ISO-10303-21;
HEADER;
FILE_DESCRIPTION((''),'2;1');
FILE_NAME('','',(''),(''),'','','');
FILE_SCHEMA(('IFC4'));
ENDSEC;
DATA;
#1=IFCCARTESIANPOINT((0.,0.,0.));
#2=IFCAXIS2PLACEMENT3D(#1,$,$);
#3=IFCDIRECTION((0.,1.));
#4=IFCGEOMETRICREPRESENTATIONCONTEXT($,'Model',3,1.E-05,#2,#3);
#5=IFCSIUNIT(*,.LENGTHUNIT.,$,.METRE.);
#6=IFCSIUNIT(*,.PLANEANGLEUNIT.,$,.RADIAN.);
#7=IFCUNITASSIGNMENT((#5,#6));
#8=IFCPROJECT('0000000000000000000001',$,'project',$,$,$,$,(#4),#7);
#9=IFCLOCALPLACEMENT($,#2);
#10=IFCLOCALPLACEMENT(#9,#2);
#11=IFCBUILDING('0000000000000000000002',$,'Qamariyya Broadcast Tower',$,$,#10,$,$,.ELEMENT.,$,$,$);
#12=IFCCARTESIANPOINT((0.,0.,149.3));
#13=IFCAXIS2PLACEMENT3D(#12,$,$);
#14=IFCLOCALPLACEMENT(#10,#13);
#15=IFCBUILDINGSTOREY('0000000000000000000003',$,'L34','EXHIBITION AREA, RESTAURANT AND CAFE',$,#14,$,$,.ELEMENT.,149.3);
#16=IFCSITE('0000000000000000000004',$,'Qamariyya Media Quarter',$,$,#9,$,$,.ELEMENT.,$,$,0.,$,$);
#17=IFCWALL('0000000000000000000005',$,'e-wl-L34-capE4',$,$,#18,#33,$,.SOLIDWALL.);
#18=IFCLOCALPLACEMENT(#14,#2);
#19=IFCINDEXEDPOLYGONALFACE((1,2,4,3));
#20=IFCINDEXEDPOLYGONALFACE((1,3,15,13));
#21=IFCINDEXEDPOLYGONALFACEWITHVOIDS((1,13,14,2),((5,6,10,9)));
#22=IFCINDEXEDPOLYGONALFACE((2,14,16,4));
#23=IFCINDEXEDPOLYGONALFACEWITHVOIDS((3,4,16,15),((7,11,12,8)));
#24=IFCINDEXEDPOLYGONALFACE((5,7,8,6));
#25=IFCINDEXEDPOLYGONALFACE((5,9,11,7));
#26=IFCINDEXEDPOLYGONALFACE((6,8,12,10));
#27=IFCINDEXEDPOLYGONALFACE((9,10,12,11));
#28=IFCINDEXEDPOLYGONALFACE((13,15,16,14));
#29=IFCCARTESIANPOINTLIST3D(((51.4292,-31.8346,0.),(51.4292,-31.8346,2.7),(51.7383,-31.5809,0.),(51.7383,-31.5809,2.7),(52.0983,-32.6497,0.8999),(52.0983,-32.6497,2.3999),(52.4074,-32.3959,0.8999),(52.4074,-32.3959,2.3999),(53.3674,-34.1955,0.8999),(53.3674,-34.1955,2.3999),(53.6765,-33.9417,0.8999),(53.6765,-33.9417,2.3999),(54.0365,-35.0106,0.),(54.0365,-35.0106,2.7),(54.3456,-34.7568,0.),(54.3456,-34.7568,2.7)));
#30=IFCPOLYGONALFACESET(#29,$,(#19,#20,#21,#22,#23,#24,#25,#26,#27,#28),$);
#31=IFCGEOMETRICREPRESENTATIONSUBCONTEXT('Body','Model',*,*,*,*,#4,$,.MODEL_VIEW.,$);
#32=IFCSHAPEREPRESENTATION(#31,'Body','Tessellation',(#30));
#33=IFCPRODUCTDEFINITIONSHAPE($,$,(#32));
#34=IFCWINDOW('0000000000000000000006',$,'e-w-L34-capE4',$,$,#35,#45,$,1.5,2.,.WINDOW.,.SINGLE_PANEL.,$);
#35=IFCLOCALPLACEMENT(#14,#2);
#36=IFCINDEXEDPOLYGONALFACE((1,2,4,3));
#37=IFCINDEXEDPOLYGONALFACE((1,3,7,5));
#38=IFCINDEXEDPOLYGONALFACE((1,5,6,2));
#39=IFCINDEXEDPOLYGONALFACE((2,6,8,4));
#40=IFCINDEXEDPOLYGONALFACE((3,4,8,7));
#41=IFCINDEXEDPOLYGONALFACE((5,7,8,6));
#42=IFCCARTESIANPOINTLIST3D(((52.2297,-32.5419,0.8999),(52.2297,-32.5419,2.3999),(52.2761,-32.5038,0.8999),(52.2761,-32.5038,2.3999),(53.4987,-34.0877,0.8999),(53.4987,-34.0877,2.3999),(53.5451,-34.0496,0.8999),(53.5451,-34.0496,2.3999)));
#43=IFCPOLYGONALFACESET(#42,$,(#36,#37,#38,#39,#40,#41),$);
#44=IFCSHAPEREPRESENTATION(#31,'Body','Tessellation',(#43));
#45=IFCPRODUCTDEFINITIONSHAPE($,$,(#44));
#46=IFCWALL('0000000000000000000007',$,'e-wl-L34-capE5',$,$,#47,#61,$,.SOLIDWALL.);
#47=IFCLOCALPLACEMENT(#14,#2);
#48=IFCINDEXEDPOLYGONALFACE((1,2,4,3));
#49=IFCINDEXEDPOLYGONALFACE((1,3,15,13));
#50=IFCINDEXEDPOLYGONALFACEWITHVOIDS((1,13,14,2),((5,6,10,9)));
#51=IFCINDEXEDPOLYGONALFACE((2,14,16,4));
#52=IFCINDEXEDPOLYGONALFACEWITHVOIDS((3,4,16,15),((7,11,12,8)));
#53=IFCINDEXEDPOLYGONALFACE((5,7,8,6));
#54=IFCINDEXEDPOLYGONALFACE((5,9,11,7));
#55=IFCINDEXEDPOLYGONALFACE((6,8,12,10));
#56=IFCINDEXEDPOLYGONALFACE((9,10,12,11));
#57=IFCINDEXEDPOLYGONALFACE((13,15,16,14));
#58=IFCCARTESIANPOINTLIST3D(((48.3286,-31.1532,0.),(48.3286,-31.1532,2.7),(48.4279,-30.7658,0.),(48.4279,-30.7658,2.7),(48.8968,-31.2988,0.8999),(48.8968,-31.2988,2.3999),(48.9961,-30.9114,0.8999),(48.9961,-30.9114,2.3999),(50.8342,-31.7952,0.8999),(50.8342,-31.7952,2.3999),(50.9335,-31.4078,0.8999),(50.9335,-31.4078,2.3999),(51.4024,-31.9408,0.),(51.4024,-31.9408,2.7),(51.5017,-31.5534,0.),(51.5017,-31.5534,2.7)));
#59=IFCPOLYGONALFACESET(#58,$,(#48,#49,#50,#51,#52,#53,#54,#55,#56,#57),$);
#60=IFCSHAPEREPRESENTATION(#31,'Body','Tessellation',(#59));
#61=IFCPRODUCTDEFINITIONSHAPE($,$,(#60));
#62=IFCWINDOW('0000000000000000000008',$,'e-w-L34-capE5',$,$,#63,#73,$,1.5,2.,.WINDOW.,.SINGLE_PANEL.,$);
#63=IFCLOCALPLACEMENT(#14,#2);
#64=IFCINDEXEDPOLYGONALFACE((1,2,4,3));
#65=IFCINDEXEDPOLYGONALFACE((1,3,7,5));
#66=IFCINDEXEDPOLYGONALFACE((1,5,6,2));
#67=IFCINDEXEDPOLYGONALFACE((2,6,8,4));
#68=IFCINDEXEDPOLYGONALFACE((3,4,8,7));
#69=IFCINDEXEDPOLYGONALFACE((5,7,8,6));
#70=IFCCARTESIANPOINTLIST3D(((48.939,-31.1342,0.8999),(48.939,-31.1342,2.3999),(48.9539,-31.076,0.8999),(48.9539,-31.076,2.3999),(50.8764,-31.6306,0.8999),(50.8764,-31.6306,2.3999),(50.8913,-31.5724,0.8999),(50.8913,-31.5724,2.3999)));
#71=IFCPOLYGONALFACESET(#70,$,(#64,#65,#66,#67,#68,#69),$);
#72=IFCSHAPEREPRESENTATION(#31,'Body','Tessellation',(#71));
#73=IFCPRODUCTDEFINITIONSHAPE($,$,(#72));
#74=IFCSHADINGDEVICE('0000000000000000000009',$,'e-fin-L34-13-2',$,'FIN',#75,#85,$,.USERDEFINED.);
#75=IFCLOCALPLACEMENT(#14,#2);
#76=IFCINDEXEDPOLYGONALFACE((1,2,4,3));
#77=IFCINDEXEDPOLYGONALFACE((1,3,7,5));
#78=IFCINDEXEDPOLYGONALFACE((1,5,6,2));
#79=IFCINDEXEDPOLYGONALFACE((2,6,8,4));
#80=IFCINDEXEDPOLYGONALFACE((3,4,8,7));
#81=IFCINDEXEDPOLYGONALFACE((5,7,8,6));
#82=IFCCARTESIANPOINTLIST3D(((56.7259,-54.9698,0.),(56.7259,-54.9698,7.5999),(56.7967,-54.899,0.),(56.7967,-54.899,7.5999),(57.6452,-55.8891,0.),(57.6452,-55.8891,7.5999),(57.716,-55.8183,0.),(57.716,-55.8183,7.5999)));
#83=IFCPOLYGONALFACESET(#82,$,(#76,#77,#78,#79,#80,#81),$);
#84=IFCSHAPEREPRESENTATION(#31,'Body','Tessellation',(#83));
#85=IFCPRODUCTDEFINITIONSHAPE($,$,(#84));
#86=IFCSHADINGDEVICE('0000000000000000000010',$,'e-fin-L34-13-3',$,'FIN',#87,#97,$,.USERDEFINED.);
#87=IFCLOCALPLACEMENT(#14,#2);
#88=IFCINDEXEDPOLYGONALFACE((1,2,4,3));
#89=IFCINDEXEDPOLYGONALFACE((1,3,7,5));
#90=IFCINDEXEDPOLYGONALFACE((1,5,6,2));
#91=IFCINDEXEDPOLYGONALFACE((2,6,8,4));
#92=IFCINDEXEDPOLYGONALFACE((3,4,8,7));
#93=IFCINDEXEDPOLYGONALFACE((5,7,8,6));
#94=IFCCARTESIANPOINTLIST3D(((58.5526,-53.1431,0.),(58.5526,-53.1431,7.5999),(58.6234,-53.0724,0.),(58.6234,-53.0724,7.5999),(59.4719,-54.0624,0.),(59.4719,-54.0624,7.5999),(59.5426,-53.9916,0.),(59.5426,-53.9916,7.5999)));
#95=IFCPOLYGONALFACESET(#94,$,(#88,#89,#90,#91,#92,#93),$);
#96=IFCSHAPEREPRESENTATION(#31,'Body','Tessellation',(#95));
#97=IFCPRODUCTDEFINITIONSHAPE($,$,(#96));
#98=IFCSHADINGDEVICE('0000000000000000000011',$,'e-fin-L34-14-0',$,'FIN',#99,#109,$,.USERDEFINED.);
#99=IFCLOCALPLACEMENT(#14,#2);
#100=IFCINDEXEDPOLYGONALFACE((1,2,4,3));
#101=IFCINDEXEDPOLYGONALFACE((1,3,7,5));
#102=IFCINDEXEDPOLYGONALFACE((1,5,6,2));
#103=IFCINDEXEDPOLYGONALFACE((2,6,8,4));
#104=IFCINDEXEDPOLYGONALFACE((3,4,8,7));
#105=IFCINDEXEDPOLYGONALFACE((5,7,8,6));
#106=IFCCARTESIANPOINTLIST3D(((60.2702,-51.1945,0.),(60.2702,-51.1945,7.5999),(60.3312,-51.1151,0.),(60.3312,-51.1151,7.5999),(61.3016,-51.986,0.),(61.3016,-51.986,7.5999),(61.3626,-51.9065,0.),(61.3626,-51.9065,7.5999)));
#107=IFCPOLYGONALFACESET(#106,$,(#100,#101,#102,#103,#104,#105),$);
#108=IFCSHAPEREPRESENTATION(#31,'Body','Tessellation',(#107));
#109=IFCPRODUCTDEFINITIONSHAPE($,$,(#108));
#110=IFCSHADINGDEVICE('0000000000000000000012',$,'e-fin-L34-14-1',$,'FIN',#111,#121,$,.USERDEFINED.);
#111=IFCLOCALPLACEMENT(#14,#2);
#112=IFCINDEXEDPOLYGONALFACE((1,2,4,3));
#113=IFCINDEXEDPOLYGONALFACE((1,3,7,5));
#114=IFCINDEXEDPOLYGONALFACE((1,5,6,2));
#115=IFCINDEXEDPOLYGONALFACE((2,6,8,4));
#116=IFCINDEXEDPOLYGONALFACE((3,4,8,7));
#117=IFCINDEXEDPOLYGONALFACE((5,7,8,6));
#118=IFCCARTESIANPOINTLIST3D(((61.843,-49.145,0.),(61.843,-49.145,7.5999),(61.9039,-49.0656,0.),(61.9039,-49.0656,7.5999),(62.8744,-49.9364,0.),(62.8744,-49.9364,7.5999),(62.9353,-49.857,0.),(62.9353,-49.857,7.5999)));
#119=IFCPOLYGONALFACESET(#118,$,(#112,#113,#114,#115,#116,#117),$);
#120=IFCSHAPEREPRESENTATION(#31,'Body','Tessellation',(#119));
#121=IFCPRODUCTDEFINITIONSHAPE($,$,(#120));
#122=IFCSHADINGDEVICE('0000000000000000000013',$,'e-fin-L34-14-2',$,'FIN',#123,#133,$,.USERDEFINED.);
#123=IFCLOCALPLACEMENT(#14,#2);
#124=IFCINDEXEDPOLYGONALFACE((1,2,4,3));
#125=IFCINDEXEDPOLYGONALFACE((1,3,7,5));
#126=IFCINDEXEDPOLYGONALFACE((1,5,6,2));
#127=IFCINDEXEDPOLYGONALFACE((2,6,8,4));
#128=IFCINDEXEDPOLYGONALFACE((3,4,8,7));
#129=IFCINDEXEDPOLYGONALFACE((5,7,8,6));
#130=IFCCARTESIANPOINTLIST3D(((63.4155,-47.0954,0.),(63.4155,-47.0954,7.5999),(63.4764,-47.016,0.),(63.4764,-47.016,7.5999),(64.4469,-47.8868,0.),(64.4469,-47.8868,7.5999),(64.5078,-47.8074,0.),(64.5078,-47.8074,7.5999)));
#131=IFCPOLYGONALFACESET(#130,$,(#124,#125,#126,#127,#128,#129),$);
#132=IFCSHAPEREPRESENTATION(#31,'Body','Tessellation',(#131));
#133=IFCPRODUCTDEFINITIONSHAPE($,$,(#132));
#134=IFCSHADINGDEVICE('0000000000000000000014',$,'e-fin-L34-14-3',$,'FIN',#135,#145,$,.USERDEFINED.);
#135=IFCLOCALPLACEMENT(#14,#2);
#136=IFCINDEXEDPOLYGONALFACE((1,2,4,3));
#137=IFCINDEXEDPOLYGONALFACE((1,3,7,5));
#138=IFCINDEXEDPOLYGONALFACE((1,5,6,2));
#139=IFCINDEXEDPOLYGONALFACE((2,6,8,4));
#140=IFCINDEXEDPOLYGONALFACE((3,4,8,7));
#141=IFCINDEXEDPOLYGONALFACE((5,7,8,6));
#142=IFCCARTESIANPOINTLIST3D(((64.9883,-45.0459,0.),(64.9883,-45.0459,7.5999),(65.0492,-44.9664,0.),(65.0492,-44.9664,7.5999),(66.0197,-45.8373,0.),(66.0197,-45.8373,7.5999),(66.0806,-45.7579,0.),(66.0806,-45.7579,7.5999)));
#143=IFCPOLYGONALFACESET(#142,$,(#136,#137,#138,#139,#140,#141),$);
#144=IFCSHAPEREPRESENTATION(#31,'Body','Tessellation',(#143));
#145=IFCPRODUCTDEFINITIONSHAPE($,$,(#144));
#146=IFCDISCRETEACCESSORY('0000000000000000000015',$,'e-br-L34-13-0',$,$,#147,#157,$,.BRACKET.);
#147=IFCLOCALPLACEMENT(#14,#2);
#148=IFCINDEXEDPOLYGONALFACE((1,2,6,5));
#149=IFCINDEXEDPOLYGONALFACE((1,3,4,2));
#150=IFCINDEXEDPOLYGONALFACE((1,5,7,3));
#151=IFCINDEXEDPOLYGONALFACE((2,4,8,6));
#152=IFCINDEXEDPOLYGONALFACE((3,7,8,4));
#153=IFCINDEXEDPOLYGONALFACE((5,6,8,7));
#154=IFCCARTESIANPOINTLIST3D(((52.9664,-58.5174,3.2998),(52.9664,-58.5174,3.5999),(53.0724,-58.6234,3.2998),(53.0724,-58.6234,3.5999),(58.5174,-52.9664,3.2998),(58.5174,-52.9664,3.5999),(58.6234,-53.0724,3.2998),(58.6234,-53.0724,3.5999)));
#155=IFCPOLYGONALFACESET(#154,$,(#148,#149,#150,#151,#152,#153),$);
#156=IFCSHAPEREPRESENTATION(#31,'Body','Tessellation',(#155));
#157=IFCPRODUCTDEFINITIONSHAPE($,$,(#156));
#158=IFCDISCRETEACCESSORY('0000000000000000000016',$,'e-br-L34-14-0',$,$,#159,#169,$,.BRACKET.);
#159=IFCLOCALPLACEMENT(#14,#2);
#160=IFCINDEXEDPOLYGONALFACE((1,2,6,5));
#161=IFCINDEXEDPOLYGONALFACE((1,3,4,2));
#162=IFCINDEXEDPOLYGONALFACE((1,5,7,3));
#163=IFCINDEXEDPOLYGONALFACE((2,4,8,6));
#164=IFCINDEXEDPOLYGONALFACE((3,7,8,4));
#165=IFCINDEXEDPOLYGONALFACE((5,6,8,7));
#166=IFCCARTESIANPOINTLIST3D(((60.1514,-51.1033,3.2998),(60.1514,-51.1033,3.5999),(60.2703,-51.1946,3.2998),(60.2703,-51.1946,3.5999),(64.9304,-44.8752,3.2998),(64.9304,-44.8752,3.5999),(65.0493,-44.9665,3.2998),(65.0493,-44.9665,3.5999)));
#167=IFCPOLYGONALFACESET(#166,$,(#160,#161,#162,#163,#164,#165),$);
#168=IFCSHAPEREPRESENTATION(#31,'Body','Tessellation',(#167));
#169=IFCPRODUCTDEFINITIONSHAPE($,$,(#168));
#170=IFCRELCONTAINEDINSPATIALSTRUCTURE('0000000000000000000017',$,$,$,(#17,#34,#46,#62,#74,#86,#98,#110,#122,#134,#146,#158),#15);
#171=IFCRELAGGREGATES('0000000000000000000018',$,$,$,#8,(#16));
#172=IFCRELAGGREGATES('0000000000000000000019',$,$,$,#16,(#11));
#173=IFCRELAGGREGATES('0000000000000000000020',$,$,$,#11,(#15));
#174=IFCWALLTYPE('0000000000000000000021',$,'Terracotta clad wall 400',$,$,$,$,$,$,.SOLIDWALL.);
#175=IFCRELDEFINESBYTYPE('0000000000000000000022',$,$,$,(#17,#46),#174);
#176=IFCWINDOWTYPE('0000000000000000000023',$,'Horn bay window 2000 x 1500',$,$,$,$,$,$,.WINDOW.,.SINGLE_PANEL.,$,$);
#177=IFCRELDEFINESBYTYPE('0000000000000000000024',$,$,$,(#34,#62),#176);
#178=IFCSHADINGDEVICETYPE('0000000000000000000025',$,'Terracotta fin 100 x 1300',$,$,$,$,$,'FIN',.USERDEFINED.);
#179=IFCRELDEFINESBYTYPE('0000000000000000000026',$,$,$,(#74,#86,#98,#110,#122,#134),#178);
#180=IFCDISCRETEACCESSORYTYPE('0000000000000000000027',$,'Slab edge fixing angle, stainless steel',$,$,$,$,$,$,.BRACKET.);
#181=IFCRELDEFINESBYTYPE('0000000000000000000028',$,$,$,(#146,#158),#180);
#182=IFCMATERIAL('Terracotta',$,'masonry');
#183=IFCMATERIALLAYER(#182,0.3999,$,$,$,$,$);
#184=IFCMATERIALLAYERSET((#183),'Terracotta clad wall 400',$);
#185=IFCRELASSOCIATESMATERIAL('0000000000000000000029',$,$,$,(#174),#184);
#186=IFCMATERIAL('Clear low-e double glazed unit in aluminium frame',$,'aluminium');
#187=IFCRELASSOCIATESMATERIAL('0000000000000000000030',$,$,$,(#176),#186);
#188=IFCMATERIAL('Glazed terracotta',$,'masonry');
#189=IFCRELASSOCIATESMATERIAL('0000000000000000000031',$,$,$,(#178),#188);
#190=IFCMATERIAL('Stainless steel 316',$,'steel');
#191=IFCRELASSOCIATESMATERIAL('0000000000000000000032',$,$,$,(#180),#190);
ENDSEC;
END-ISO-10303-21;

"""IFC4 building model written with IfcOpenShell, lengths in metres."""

from ifc_helpers import new_model, si_unit, direction, frame, frame_2d, origin, origin_2d, place, context, subcontext, project, spatial, rectangle, extrude, material, layer, layer_set, material_profile, profile_set, type_object, element, fill, save


model = new_model("IFC4")

# Units and contexts
model_context = context("Model", 3, precision=1e-05, world=origin(), true_north=direction((0.0, 1.0)))
body_context = subcontext(model_context, "Body", "Model", "MODEL_VIEW")
ifc_project = project(units=[si_unit("LENGTHUNIT", "METRE"), si_unit("PLANEANGLEUNIT", "RADIAN")], contexts=[model_context])

# Site, building, storey
site_placement = place(None, origin())
site = spatial("IfcSite", under=ifc_project, at=site_placement, Name="Qamariyya Media Quarter", CompositionType="ELEMENT", RefElevation=0.0)
building_placement = place(site_placement, origin())
building = spatial("IfcBuilding", under=site, at=building_placement, Name="Qamariyya Broadcast Tower", CompositionType="ELEMENT")
storey_placement = place(building_placement, frame((0.0, 0.0, 149.3)))
storey = spatial("IfcBuildingStorey", under=building, at=storey_placement, Name="L34", Description="EXHIBITION AREA, RESTAURANT AND CAFE", CompositionType="ELEMENT", Elevation=149.3)

# Walls, openings, windows
ifc_material_1 = material(Name="Terracotta", Category="masonry")
ifc_layer = layer(ifc_material_1, 0.3999)
ifc_layer_set = layer_set([ifc_layer], Name="Terracotta clad wall 400")
wall_type = type_object("IfcWallType", Name="Terracotta clad wall 400", PredefinedType="SOLIDWALL", material=ifc_layer_set)
ifc_material_2 = material(Name="Clear low-e double glazed unit in aluminium frame", Category="aluminium")
window_type = type_object("IfcWindowType", Name="Horn bay window 2000 x 1500", PartitioningType="SINGLE_PANEL", PredefinedType="WINDOW", material=ifc_material_2)
wall_1_placement = place(storey_placement, frame((54.1912, -34.8838, 0.0), z_axis=(0.0, 0.0, 1.0), x_axis=(-0.634528, 0.7729, 0.0)))
wall_1 = element("IfcWall", 1, at=wall_1_placement, inside=storey, type_object=wall_type, Name="e-wl-L34-capE4", PredefinedType="SOLIDWALL", context=body_context, shape_type="SweptSolid", body=[
    extrude(rectangle(XDim=4.1091, YDim=0.3999, at=frame_2d((2.0547, 0.0))), origin(), (0.0, 0.0, 1.0), 2.7),
])
opening_1_placement = place(wall_1_placement, frame((1.0547, 0.0, 0.8999)))
opening_1 = element("IfcOpeningElement", 2, at=opening_1_placement, cuts=wall_1, PredefinedType="OPENING", context=body_context, shape_type="SweptSolid", body=[
    extrude(rectangle(XDim=2.0, YDim=1.5, at=frame_2d((1.0, 0.75))), frame((0.0, 0.21, 0.0), z_axis=(0.0, -1.0, 0.0), x_axis=(1.0, 0.0, 0.0)), (0.0, 0.0, 1.0), 0.4199),
])
window_1_placement = place(opening_1_placement, origin())
window_1 = element("IfcWindow", 3, at=window_1_placement, inside=storey, type_object=window_type, Name="e-w-L34-capE4", OverallHeight=1.5, OverallWidth=2.0, PartitioningType="SINGLE_PANEL", PredefinedType="WINDOW", context=body_context, shape_type="SweptSolid", body=[
    extrude(rectangle(XDim=2.0, YDim=1.5, at=frame_2d((1.0, 0.75))), frame((0.0, 0.03, 0.0), z_axis=(0.0, -1.0, 0.0), x_axis=(1.0, 0.0, 0.0)), (0.0, 0.0, 1.0), 0.0601),
])
fill(opening_1, window_1)
wall_2_placement = place(storey_placement, frame((51.4519, -31.7471, 0.0), z_axis=(0.0, 0.0, 1.0), x_axis=(-0.968705, 0.248216, 0.0)))
wall_2 = element("IfcWall", 4, at=wall_2_placement, inside=storey, type_object=wall_type, Name="e-wl-L34-capE5", PredefinedType="SOLIDWALL", context=body_context, shape_type="SweptSolid", body=[
    extrude(rectangle(XDim=3.1731, YDim=0.3999, at=frame_2d((1.5864, 0.0))), origin(), (0.0, 0.0, 1.0), 2.7),
])
opening_2_placement = place(wall_2_placement, frame((0.5864, 0.0, 0.8999)))
opening_2 = element("IfcOpeningElement", 5, at=opening_2_placement, cuts=wall_2, PredefinedType="OPENING", context=body_context, shape_type="SweptSolid", body=[
    extrude(rectangle(XDim=2.0, YDim=1.5, at=frame_2d((1.0, 0.75))), frame((0.0, 0.21, 0.0), z_axis=(0.0, -1.0, 0.0), x_axis=(1.0, 0.0, 0.0)), (0.0, 0.0, 1.0), 0.4199),
])
window_2_placement = place(opening_2_placement, origin())
window_2 = element("IfcWindow", 6, at=window_2_placement, inside=storey, type_object=window_type, Name="e-w-L34-capE5", OverallHeight=1.5, OverallWidth=2.0, PartitioningType="SINGLE_PANEL", PredefinedType="WINDOW", context=body_context, shape_type="SweptSolid", body=[
    extrude(rectangle(XDim=2.0, YDim=1.5, at=frame_2d((1.0, 0.75))), frame((0.0, 0.03, 0.0), z_axis=(0.0, -1.0, 0.0), x_axis=(1.0, 0.0, 0.0)), (0.0, 0.0, 1.0), 0.0601),
])
fill(opening_2, window_2)

# Shading devices
ifc_material_3 = material(Name="Glazed terracotta", Category="masonry")
ifc_material_profile_1 = material_profile(ifc_material_3, rectangle(XDim=1.3, YDim=0.1001, at=origin_2d()))
ifc_profile_set_1 = profile_set([ifc_material_profile_1], Name="Glazed terracotta")
shading_device_type_1 = type_object("IfcShadingDeviceType", Name="Terracotta fin 100 x 1300", ElementType="FIN", PredefinedType="USERDEFINED", material=ifc_profile_set_1)
for number, where, z_axis, x_axis, name in (
    (7, (57.2209, -55.394, 0.0), (0.0, 0.0, 1.0), (0.707107, -0.707107, 0.0), "e-fin-L34-13-2"),
    (8, (59.0476, -53.5674, 0.0), (0.0, 0.0, 1.0), (0.707107, -0.707107, 0.0), "e-fin-L34-13-3"),
    (9, (60.8164, -51.5505, 0.0), (0.0, 0.0, 1.0), (0.793353, -0.608761, 0.0), "e-fin-L34-14-0"),
    (10, (62.3892, -49.501, 0.0), (0.0, 0.0, 1.0), (0.793353, -0.608761, 0.0), "e-fin-L34-14-1"),
    (11, (63.9617, -47.4514, 0.0), (0.0, 0.0, 1.0), (0.793353, -0.608761, 0.0), "e-fin-L34-14-2"),
    (12, (65.5344, -45.4019, 0.0), (0.0, 0.0, 1.0), (0.793353, -0.608761, 0.0), "e-fin-L34-14-3"),
):
    element("IfcShadingDevice", number, at=place(storey_placement, frame(where, z_axis=z_axis, x_axis=x_axis)), inside=storey, type_object=shading_device_type_1, Name=name, ObjectType="FIN", PredefinedType="USERDEFINED", context=body_context, shape_type="SweptSolid", body=[
        extrude(rectangle(XDim=1.3, YDim=0.1001, at=origin_2d()), origin(), (0.0, 0.0, 1.0), 7.5999),
    ])

# Discrete accessories
ifc_material_4 = material(Name="Stainless steel 316", Category="steel")
discrete_accessory_type = type_object("IfcDiscreteAccessoryType", Name="Slab edge fixing angle, stainless steel", PredefinedType="BRACKET", material=ifc_material_4)
for number, where, z_axis, x_axis, name in (
    (13, (55.7949, -55.7949, 3.2998), (0.0, 0.0, 1.0), (0.707107, 0.707107, 0.0), "e-br-L34-13-0"),
    (14, (62.6003, -48.0349, 3.2998), (0.0, 0.0, 1.0), (0.608761, 0.793353, 0.0), "e-br-L34-14-0"),
):
    element("IfcDiscreteAccessory", number, at=place(storey_placement, frame(where, z_axis=z_axis, x_axis=x_axis)), inside=storey, type_object=discrete_accessory_type, Name=name, PredefinedType="BRACKET", context=body_context, shape_type="SweptSolid", body=[
        extrude(rectangle(XDim=7.8503, YDim=0.1499, at=origin_2d()), origin(), (0.0, 0.0, 1.0), 0.3),
    ])

save(model, "model.ifc")
